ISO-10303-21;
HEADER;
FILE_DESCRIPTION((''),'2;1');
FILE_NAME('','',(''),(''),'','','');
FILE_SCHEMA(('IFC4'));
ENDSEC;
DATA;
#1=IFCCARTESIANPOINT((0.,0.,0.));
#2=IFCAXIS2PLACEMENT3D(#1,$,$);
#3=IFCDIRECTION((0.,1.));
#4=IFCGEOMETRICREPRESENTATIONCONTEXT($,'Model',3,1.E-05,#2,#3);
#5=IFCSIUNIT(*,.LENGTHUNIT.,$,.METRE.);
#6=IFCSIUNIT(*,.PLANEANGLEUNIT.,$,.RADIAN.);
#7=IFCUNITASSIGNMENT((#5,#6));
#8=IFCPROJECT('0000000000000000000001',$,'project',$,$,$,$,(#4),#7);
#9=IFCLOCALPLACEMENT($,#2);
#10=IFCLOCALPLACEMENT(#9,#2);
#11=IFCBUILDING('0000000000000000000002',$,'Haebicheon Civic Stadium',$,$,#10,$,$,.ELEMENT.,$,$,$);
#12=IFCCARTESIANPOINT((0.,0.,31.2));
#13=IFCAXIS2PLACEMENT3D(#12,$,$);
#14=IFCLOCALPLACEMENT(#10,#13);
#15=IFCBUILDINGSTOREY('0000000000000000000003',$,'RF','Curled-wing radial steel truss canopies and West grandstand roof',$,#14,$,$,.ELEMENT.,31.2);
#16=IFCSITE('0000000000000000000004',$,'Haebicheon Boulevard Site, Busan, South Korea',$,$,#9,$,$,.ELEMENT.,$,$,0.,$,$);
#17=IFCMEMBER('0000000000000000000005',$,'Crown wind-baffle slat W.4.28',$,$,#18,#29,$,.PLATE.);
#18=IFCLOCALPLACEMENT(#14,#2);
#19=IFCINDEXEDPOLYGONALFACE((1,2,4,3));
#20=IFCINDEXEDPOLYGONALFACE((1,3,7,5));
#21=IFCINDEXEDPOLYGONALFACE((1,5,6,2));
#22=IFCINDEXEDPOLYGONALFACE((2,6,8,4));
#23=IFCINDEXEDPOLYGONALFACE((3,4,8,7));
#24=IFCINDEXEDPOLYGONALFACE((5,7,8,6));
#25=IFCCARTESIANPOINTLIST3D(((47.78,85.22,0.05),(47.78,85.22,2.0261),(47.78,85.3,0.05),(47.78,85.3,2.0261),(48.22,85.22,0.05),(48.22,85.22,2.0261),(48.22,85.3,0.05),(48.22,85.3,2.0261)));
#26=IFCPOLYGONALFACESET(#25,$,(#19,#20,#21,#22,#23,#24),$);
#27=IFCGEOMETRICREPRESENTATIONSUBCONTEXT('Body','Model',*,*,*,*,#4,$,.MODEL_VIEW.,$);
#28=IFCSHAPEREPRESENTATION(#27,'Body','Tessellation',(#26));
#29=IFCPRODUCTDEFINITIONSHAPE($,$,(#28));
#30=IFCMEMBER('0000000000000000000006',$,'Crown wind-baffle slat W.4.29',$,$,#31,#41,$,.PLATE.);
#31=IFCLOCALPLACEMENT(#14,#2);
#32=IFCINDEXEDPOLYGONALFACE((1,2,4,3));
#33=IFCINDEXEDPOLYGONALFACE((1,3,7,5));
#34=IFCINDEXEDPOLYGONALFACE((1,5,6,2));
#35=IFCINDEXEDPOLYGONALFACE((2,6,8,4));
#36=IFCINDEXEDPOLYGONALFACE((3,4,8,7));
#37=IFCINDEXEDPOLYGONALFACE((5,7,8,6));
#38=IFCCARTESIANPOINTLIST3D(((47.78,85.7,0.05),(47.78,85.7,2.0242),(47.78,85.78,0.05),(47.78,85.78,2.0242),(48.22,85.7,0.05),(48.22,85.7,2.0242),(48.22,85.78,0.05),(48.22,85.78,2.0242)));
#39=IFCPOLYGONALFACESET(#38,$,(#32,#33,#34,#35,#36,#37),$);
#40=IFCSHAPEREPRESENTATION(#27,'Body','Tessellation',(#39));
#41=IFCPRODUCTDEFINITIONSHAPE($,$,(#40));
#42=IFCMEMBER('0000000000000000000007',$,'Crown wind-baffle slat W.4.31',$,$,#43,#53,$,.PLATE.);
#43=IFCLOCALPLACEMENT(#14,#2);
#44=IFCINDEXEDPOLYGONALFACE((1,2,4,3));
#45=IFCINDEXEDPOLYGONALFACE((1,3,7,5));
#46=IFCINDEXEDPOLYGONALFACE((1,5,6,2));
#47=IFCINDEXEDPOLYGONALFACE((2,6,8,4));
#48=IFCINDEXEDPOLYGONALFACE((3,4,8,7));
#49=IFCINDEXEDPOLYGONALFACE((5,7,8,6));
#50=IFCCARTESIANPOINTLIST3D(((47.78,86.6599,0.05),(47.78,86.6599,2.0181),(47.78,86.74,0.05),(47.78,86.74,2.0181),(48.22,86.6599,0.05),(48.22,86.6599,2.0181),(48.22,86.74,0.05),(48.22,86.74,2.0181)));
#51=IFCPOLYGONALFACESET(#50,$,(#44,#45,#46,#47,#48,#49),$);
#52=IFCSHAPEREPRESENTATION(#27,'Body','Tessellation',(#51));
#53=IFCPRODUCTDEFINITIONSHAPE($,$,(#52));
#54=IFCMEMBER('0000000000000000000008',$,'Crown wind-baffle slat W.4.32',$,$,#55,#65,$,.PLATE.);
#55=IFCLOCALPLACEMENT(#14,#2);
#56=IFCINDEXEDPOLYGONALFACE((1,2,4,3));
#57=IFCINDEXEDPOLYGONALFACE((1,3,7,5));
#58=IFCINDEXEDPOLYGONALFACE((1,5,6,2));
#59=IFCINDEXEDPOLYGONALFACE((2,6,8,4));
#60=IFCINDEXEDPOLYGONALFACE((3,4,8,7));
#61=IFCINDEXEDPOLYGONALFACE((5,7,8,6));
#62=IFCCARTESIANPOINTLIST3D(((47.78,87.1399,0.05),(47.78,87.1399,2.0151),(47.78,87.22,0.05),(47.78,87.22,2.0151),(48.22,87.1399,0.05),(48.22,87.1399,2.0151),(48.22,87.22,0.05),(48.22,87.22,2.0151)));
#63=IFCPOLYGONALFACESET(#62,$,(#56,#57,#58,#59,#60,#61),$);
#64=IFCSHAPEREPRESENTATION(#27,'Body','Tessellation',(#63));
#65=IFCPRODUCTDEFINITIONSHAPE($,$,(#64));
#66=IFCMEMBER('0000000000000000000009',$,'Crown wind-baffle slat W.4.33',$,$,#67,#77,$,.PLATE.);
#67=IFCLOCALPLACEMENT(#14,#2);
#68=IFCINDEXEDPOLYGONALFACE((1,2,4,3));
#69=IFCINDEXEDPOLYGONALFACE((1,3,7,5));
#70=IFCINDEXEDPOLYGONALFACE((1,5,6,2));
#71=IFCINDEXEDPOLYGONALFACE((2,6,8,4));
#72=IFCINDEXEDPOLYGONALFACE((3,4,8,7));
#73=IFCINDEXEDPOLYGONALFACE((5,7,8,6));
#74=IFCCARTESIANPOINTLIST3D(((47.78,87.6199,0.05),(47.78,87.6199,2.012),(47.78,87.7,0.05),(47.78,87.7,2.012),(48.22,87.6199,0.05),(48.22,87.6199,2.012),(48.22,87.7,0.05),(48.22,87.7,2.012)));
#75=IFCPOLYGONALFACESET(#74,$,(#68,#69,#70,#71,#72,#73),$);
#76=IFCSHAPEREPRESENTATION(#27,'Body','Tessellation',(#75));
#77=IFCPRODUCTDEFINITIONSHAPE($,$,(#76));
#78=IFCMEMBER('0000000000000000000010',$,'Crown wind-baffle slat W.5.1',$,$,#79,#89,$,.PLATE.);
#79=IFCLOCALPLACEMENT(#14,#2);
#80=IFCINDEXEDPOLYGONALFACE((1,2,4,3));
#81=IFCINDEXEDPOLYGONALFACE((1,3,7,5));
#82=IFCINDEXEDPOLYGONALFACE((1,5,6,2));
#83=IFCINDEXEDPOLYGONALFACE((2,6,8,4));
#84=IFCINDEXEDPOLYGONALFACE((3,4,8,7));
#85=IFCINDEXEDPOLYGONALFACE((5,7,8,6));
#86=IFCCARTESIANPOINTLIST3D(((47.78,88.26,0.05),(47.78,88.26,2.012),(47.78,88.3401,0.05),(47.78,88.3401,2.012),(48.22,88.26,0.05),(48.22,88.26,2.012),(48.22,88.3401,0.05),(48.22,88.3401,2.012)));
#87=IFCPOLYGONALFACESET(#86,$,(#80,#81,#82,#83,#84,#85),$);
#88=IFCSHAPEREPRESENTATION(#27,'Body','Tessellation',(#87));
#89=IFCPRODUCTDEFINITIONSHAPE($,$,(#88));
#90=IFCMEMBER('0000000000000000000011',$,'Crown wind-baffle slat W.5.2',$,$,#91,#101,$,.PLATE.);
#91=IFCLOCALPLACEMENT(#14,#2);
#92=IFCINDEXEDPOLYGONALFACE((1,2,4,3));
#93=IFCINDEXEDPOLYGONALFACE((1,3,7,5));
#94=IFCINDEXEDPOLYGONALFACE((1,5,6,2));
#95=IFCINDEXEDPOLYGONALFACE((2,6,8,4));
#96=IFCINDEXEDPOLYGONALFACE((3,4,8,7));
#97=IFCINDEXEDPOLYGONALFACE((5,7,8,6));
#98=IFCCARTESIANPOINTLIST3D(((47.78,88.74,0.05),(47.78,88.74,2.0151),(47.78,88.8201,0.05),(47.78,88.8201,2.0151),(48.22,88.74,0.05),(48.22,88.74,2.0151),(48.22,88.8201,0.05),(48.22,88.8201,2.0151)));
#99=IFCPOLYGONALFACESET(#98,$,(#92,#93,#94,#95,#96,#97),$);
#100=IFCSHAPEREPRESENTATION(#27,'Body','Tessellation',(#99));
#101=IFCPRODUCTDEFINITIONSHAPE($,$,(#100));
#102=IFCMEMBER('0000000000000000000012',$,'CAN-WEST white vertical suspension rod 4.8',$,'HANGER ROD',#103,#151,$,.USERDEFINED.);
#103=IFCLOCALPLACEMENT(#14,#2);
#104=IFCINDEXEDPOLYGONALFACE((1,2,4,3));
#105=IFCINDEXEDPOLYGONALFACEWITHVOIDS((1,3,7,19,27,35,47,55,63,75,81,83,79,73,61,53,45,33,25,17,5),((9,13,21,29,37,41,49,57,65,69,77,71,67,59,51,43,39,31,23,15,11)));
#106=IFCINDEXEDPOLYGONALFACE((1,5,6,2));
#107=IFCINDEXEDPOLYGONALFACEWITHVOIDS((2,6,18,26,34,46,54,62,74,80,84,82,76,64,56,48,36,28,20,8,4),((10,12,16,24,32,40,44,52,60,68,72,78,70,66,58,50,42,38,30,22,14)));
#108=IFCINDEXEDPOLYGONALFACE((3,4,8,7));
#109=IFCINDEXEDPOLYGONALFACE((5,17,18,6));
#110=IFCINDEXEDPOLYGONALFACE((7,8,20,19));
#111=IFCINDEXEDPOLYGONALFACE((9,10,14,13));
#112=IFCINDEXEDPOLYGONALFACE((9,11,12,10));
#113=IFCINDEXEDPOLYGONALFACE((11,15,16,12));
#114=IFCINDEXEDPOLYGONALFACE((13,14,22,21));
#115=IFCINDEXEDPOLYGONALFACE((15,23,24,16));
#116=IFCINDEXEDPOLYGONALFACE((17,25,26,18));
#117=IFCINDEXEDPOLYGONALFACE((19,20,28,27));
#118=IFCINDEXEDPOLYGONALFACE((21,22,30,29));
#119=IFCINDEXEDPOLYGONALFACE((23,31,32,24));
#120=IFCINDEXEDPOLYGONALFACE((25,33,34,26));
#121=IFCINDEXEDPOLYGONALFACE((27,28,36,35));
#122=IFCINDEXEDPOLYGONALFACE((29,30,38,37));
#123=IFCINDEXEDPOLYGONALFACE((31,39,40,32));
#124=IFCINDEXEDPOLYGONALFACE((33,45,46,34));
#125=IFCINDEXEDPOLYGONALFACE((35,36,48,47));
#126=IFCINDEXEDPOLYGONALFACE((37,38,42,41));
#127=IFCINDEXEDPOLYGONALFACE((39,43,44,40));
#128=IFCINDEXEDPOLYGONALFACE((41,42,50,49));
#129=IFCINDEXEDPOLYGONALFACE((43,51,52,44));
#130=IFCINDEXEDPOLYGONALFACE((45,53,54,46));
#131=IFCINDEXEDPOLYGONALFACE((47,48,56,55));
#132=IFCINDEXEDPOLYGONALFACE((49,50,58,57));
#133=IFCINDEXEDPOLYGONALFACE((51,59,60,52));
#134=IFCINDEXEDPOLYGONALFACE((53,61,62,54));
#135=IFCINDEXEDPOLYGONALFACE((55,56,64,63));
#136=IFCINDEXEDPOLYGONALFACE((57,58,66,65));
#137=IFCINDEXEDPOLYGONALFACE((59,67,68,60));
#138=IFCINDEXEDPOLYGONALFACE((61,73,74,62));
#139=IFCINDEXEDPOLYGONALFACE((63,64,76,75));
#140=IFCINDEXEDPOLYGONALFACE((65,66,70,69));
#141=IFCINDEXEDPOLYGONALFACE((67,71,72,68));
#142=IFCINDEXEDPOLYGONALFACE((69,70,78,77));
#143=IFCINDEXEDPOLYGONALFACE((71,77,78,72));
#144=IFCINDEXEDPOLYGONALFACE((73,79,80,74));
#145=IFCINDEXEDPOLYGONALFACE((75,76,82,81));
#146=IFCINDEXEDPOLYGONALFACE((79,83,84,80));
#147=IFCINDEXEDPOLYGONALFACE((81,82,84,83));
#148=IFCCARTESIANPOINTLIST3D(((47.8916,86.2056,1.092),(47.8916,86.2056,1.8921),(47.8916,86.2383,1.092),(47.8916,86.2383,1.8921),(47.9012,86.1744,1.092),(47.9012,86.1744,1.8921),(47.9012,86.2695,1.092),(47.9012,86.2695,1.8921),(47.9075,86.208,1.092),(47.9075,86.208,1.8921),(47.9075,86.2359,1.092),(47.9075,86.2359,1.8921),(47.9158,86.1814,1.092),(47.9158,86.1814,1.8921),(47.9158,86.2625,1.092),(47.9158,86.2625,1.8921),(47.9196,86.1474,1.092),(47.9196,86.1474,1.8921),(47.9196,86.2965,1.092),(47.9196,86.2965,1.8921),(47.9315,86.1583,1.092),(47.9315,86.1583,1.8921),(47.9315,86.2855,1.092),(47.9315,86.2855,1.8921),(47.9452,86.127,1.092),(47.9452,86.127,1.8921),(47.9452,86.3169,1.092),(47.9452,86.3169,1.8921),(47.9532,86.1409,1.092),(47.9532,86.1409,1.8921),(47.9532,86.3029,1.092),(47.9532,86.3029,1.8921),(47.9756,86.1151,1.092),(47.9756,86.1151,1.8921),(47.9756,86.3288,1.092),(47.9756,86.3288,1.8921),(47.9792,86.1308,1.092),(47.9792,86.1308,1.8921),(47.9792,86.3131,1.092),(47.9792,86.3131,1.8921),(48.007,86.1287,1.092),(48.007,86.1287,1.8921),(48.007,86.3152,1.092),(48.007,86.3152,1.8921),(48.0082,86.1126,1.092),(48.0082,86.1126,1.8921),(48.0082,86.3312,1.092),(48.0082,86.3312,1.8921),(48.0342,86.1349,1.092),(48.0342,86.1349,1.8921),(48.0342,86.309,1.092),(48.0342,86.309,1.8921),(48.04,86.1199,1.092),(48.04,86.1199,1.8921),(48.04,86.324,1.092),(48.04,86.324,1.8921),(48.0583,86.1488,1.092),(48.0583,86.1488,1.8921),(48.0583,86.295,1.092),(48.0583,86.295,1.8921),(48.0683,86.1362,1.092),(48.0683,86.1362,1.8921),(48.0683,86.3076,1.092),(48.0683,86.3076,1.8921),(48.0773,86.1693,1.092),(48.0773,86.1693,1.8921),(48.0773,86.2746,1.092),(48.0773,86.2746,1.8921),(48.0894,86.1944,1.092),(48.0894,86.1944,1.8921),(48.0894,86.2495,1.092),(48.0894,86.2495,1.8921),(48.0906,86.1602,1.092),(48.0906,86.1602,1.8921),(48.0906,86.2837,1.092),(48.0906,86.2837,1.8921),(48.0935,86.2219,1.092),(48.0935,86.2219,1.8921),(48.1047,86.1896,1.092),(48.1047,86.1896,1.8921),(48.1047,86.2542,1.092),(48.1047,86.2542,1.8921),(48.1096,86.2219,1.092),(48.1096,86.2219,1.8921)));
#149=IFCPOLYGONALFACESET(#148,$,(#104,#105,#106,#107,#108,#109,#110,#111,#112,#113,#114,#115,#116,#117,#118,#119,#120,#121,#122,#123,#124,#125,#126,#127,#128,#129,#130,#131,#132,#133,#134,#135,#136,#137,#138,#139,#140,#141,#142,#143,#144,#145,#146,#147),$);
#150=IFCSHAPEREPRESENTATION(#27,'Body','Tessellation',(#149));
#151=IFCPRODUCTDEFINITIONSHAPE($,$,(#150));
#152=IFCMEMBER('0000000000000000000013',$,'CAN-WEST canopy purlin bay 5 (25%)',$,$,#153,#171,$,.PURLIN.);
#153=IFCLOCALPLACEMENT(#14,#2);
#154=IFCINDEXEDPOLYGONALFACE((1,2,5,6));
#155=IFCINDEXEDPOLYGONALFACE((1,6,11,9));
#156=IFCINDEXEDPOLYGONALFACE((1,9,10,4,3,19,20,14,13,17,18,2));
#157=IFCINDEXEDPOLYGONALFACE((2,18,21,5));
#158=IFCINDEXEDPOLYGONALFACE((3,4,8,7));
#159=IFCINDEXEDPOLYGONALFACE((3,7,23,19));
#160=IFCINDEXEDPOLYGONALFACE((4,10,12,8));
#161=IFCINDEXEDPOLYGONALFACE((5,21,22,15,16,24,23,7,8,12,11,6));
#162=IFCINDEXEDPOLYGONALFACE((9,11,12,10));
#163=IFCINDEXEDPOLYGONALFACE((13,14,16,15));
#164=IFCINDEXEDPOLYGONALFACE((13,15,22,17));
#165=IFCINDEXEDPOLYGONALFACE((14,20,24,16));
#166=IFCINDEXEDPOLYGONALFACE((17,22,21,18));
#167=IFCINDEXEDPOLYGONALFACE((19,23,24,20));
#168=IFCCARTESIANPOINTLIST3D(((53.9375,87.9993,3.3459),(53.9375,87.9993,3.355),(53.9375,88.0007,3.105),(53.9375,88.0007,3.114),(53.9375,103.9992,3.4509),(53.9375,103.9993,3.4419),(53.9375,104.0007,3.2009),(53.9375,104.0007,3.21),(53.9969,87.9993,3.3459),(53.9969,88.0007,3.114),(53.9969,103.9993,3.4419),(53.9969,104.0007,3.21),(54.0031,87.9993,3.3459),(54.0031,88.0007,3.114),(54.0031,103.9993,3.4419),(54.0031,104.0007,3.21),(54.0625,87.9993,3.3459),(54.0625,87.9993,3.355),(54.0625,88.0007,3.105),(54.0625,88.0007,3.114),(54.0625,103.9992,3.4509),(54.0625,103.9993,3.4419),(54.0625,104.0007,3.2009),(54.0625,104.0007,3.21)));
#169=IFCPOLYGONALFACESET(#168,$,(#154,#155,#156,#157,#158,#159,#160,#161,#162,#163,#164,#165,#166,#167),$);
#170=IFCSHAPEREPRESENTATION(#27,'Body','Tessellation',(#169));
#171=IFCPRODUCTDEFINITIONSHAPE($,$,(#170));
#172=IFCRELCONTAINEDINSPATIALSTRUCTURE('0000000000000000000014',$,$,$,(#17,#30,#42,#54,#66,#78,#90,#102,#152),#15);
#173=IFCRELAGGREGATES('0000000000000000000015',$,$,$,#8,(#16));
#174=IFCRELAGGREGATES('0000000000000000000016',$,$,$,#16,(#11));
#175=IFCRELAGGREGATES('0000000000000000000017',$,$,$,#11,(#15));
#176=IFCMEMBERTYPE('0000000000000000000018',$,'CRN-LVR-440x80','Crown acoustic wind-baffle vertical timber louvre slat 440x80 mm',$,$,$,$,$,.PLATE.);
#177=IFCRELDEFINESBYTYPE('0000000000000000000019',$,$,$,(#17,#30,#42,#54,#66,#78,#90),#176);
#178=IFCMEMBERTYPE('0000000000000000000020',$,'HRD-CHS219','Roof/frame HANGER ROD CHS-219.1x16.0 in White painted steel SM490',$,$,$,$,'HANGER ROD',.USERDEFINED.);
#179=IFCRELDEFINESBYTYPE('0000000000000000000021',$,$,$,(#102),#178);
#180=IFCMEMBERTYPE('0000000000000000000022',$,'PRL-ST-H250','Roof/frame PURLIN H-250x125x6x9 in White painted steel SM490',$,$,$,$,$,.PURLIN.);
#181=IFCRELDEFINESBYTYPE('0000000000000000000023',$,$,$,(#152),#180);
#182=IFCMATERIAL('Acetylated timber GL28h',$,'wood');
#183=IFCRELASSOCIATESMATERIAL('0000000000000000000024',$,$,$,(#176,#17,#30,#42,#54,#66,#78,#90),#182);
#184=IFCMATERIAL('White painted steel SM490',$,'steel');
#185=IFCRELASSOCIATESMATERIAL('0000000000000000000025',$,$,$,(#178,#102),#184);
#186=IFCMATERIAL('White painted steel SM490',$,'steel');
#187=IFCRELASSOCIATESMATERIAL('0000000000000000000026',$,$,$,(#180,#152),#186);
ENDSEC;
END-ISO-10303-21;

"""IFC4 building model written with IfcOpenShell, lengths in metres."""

from ifc_helpers import new_model, si_unit, direction, frame, origin, origin_2d, place, context, subcontext, project, spatial, rectangle, hollow_circle, i_section, extrude, material, material_profile, profile_set, type_object, element, save


model = new_model("IFC4")

# Units and contexts
model_context = context("Model", 3, precision=1e-05, world=origin(), true_north=direction((0.0, 1.0)))
body_context = subcontext(model_context, "Body", "Model", "MODEL_VIEW")
ifc_project = project(units=[si_unit("LENGTHUNIT", "METRE"), si_unit("PLANEANGLEUNIT", "RADIAN")], contexts=[model_context])

# Site, building, storey
site_placement = place(None, origin())
site = spatial("IfcSite", under=ifc_project, at=site_placement, Name="Haebicheon Boulevard Site, Busan, South Korea", CompositionType="ELEMENT", RefElevation=0.0)
building_placement = place(site_placement, origin())
building = spatial("IfcBuilding", under=site, at=building_placement, Name="Haebicheon Civic Stadium", CompositionType="ELEMENT")
storey_placement = place(building_placement, frame((0.0, 0.0, 31.2)))
storey = spatial("IfcBuildingStorey", under=building, at=storey_placement, Name="RF", Description="Curled-wing radial steel truss canopies and West grandstand roof", CompositionType="ELEMENT", Elevation=31.2)

# Members
ifc_material_1 = material(Name="Acetylated timber GL28h", Category="wood")
ifc_material_profile_1 = material_profile(ifc_material_1, rectangle(XDim=0.0801, YDim=0.4399, at=origin_2d()), Name="TMB-LOUV-80x440")
ifc_profile_set_1 = profile_set([ifc_material_profile_1], Name="Acetylated timber GL28h")
member_type_1 = type_object("IfcMemberType", Name="CRN-LVR-440x80", Description="Crown acoustic wind-baffle vertical timber louvre slat 440x80 mm", PredefinedType="PLATE", material=ifc_profile_set_1)
member_1_placement = place(storey_placement, frame((48.0, 85.26, 0.05), z_axis=(0.0, 0.0, 1.0), x_axis=(0.0, 1.0, 0.0)))
element("IfcMember", 1, at=member_1_placement, inside=storey, type_object=member_type_1, material=ifc_profile_set_1, Name="Crown wind-baffle slat W.4.28", PredefinedType="PLATE", context=body_context, shape_type="SweptSolid", body=[
    extrude(rectangle(XDim=0.0801, YDim=0.4399, at=origin_2d()), origin(), (0.0, 0.0, 1.0), 1.9761),
])
member_2_placement = place(storey_placement, frame((48.0, 85.74, 0.05), z_axis=(0.0, 0.0, 1.0), x_axis=(0.0, 1.0, 0.0)))
element("IfcMember", 2, at=member_2_placement, inside=storey, type_object=member_type_1, material=ifc_profile_set_1, Name="Crown wind-baffle slat W.4.29", PredefinedType="PLATE", context=body_context, shape_type="SweptSolid", body=[
    extrude(rectangle(XDim=0.0801, YDim=0.4399, at=origin_2d()), origin(), (0.0, 0.0, 1.0), 1.9741),
])
member_3_placement = place(storey_placement, frame((48.0, 86.7, 0.05), z_axis=(0.0, 0.0, 1.0), x_axis=(0.0, 1.0, 0.0)))
element("IfcMember", 3, at=member_3_placement, inside=storey, type_object=member_type_1, material=ifc_profile_set_1, Name="Crown wind-baffle slat W.4.31", PredefinedType="PLATE", context=body_context, shape_type="SweptSolid", body=[
    extrude(rectangle(XDim=0.0801, YDim=0.4399, at=origin_2d()), origin(), (0.0, 0.0, 1.0), 1.968),
])
member_4_placement = place(storey_placement, frame((48.0, 87.1799, 0.05), z_axis=(0.0, 0.0, 1.0), x_axis=(0.0, 1.0, 0.0)))
element("IfcMember", 4, at=member_4_placement, inside=storey, type_object=member_type_1, material=ifc_profile_set_1, Name="Crown wind-baffle slat W.4.32", PredefinedType="PLATE", context=body_context, shape_type="SweptSolid", body=[
    extrude(rectangle(XDim=0.0801, YDim=0.4399, at=origin_2d()), origin(), (0.0, 0.0, 1.0), 1.9651),
])
for number, where, z_axis, x_axis, name in (
    (5, (48.0, 87.6599, 0.05), (0.0, 0.0, 1.0), (0.0, 1.0, 0.0), "Crown wind-baffle slat W.4.33"),
    (6, (48.0, 88.3, 0.05), (0.0, 0.0, 1.0), (0.0, 1.0, 0.0), "Crown wind-baffle slat W.5.1"),
):
    element("IfcMember", number, at=place(storey_placement, frame(where, z_axis=z_axis, x_axis=x_axis)), inside=storey, type_object=member_type_1, material=ifc_profile_set_1, Name=name, PredefinedType="PLATE", context=body_context, shape_type="SweptSolid", body=[
        extrude(rectangle(XDim=0.0801, YDim=0.4399, at=origin_2d()), origin(), (0.0, 0.0, 1.0), 1.9619),
    ])
member_5_placement = place(storey_placement, frame((48.0, 88.78, 0.05), z_axis=(0.0, 0.0, 1.0), x_axis=(0.0, 1.0, 0.0)))
element("IfcMember", 7, at=member_5_placement, inside=storey, type_object=member_type_1, material=ifc_profile_set_1, Name="Crown wind-baffle slat W.5.2", PredefinedType="PLATE", context=body_context, shape_type="SweptSolid", body=[
    extrude(rectangle(XDim=0.0801, YDim=0.4399, at=origin_2d()), origin(), (0.0, 0.0, 1.0), 1.9651),
])
ifc_material_2 = material(Name="White painted steel SM490", Category="steel")
ifc_material_profile_2 = material_profile(ifc_material_2, hollow_circle(Radius=0.1096, WallThickness=0.0161, at=origin_2d()), Name="CHS-219.1x16.0")
ifc_profile_set_2 = profile_set([ifc_material_profile_2], Name="White painted steel SM490")
member_type_2 = type_object("IfcMemberType", Name="HRD-CHS219", Description="Roof/frame HANGER ROD CHS-219.1x16.0 in White painted steel SM490", ElementType="HANGER ROD", PredefinedType="USERDEFINED", material=ifc_profile_set_2)
member_6_placement = place(storey_placement, frame((48.0, 86.2219, 1.092), z_axis=(0.0, 0.0, 1.0), x_axis=(1.0, 0.0, 0.0)))
element("IfcMember", 8, at=member_6_placement, inside=storey, type_object=member_type_2, material=ifc_profile_set_2, Name="CAN-WEST white vertical suspension rod 4.8", ObjectType="HANGER ROD", PredefinedType="USERDEFINED", context=body_context, shape_type="SweptSolid", body=[
    extrude(hollow_circle(Radius=0.1096, WallThickness=0.0161, at=origin_2d()), origin(), (0.0, 0.0, 1.0), 0.8),
])
ifc_material_3 = material(Name="White painted steel SM490", Category="steel")
ifc_material_profile_3 = material_profile(ifc_material_3, i_section(OverallWidth=0.125, OverallDepth=0.25, WebThickness=0.0061, FlangeThickness=0.009, at=origin_2d()), Name="H-250x125x6x9")
ifc_profile_set_3 = profile_set([ifc_material_profile_3], Name="White painted steel SM490")
member_type_3 = type_object("IfcMemberType", Name="PRL-ST-H250", Description="Roof/frame PURLIN H-250x125x6x9 in White painted steel SM490", PredefinedType="PURLIN", material=ifc_profile_set_3)
member_7_placement = place(storey_placement, frame((54.0, 88.0, 3.23), z_axis=(0.0, 0.999982, 0.005997), x_axis=(-1.0, 0.0, 0.0)))
element("IfcMember", 9, at=member_7_placement, inside=storey, type_object=member_type_3, material=ifc_profile_set_3, Name="CAN-WEST canopy purlin bay 5 (25%)", PredefinedType="PURLIN", context=body_context, shape_type="SweptSolid", body=[
    extrude(i_section(OverallWidth=0.125, OverallDepth=0.25, WebThickness=0.0061, FlangeThickness=0.009, at=origin_2d()), origin(), (0.0, 0.0, 1.0), 16.0002),
])

save(model, "model.ifc")
